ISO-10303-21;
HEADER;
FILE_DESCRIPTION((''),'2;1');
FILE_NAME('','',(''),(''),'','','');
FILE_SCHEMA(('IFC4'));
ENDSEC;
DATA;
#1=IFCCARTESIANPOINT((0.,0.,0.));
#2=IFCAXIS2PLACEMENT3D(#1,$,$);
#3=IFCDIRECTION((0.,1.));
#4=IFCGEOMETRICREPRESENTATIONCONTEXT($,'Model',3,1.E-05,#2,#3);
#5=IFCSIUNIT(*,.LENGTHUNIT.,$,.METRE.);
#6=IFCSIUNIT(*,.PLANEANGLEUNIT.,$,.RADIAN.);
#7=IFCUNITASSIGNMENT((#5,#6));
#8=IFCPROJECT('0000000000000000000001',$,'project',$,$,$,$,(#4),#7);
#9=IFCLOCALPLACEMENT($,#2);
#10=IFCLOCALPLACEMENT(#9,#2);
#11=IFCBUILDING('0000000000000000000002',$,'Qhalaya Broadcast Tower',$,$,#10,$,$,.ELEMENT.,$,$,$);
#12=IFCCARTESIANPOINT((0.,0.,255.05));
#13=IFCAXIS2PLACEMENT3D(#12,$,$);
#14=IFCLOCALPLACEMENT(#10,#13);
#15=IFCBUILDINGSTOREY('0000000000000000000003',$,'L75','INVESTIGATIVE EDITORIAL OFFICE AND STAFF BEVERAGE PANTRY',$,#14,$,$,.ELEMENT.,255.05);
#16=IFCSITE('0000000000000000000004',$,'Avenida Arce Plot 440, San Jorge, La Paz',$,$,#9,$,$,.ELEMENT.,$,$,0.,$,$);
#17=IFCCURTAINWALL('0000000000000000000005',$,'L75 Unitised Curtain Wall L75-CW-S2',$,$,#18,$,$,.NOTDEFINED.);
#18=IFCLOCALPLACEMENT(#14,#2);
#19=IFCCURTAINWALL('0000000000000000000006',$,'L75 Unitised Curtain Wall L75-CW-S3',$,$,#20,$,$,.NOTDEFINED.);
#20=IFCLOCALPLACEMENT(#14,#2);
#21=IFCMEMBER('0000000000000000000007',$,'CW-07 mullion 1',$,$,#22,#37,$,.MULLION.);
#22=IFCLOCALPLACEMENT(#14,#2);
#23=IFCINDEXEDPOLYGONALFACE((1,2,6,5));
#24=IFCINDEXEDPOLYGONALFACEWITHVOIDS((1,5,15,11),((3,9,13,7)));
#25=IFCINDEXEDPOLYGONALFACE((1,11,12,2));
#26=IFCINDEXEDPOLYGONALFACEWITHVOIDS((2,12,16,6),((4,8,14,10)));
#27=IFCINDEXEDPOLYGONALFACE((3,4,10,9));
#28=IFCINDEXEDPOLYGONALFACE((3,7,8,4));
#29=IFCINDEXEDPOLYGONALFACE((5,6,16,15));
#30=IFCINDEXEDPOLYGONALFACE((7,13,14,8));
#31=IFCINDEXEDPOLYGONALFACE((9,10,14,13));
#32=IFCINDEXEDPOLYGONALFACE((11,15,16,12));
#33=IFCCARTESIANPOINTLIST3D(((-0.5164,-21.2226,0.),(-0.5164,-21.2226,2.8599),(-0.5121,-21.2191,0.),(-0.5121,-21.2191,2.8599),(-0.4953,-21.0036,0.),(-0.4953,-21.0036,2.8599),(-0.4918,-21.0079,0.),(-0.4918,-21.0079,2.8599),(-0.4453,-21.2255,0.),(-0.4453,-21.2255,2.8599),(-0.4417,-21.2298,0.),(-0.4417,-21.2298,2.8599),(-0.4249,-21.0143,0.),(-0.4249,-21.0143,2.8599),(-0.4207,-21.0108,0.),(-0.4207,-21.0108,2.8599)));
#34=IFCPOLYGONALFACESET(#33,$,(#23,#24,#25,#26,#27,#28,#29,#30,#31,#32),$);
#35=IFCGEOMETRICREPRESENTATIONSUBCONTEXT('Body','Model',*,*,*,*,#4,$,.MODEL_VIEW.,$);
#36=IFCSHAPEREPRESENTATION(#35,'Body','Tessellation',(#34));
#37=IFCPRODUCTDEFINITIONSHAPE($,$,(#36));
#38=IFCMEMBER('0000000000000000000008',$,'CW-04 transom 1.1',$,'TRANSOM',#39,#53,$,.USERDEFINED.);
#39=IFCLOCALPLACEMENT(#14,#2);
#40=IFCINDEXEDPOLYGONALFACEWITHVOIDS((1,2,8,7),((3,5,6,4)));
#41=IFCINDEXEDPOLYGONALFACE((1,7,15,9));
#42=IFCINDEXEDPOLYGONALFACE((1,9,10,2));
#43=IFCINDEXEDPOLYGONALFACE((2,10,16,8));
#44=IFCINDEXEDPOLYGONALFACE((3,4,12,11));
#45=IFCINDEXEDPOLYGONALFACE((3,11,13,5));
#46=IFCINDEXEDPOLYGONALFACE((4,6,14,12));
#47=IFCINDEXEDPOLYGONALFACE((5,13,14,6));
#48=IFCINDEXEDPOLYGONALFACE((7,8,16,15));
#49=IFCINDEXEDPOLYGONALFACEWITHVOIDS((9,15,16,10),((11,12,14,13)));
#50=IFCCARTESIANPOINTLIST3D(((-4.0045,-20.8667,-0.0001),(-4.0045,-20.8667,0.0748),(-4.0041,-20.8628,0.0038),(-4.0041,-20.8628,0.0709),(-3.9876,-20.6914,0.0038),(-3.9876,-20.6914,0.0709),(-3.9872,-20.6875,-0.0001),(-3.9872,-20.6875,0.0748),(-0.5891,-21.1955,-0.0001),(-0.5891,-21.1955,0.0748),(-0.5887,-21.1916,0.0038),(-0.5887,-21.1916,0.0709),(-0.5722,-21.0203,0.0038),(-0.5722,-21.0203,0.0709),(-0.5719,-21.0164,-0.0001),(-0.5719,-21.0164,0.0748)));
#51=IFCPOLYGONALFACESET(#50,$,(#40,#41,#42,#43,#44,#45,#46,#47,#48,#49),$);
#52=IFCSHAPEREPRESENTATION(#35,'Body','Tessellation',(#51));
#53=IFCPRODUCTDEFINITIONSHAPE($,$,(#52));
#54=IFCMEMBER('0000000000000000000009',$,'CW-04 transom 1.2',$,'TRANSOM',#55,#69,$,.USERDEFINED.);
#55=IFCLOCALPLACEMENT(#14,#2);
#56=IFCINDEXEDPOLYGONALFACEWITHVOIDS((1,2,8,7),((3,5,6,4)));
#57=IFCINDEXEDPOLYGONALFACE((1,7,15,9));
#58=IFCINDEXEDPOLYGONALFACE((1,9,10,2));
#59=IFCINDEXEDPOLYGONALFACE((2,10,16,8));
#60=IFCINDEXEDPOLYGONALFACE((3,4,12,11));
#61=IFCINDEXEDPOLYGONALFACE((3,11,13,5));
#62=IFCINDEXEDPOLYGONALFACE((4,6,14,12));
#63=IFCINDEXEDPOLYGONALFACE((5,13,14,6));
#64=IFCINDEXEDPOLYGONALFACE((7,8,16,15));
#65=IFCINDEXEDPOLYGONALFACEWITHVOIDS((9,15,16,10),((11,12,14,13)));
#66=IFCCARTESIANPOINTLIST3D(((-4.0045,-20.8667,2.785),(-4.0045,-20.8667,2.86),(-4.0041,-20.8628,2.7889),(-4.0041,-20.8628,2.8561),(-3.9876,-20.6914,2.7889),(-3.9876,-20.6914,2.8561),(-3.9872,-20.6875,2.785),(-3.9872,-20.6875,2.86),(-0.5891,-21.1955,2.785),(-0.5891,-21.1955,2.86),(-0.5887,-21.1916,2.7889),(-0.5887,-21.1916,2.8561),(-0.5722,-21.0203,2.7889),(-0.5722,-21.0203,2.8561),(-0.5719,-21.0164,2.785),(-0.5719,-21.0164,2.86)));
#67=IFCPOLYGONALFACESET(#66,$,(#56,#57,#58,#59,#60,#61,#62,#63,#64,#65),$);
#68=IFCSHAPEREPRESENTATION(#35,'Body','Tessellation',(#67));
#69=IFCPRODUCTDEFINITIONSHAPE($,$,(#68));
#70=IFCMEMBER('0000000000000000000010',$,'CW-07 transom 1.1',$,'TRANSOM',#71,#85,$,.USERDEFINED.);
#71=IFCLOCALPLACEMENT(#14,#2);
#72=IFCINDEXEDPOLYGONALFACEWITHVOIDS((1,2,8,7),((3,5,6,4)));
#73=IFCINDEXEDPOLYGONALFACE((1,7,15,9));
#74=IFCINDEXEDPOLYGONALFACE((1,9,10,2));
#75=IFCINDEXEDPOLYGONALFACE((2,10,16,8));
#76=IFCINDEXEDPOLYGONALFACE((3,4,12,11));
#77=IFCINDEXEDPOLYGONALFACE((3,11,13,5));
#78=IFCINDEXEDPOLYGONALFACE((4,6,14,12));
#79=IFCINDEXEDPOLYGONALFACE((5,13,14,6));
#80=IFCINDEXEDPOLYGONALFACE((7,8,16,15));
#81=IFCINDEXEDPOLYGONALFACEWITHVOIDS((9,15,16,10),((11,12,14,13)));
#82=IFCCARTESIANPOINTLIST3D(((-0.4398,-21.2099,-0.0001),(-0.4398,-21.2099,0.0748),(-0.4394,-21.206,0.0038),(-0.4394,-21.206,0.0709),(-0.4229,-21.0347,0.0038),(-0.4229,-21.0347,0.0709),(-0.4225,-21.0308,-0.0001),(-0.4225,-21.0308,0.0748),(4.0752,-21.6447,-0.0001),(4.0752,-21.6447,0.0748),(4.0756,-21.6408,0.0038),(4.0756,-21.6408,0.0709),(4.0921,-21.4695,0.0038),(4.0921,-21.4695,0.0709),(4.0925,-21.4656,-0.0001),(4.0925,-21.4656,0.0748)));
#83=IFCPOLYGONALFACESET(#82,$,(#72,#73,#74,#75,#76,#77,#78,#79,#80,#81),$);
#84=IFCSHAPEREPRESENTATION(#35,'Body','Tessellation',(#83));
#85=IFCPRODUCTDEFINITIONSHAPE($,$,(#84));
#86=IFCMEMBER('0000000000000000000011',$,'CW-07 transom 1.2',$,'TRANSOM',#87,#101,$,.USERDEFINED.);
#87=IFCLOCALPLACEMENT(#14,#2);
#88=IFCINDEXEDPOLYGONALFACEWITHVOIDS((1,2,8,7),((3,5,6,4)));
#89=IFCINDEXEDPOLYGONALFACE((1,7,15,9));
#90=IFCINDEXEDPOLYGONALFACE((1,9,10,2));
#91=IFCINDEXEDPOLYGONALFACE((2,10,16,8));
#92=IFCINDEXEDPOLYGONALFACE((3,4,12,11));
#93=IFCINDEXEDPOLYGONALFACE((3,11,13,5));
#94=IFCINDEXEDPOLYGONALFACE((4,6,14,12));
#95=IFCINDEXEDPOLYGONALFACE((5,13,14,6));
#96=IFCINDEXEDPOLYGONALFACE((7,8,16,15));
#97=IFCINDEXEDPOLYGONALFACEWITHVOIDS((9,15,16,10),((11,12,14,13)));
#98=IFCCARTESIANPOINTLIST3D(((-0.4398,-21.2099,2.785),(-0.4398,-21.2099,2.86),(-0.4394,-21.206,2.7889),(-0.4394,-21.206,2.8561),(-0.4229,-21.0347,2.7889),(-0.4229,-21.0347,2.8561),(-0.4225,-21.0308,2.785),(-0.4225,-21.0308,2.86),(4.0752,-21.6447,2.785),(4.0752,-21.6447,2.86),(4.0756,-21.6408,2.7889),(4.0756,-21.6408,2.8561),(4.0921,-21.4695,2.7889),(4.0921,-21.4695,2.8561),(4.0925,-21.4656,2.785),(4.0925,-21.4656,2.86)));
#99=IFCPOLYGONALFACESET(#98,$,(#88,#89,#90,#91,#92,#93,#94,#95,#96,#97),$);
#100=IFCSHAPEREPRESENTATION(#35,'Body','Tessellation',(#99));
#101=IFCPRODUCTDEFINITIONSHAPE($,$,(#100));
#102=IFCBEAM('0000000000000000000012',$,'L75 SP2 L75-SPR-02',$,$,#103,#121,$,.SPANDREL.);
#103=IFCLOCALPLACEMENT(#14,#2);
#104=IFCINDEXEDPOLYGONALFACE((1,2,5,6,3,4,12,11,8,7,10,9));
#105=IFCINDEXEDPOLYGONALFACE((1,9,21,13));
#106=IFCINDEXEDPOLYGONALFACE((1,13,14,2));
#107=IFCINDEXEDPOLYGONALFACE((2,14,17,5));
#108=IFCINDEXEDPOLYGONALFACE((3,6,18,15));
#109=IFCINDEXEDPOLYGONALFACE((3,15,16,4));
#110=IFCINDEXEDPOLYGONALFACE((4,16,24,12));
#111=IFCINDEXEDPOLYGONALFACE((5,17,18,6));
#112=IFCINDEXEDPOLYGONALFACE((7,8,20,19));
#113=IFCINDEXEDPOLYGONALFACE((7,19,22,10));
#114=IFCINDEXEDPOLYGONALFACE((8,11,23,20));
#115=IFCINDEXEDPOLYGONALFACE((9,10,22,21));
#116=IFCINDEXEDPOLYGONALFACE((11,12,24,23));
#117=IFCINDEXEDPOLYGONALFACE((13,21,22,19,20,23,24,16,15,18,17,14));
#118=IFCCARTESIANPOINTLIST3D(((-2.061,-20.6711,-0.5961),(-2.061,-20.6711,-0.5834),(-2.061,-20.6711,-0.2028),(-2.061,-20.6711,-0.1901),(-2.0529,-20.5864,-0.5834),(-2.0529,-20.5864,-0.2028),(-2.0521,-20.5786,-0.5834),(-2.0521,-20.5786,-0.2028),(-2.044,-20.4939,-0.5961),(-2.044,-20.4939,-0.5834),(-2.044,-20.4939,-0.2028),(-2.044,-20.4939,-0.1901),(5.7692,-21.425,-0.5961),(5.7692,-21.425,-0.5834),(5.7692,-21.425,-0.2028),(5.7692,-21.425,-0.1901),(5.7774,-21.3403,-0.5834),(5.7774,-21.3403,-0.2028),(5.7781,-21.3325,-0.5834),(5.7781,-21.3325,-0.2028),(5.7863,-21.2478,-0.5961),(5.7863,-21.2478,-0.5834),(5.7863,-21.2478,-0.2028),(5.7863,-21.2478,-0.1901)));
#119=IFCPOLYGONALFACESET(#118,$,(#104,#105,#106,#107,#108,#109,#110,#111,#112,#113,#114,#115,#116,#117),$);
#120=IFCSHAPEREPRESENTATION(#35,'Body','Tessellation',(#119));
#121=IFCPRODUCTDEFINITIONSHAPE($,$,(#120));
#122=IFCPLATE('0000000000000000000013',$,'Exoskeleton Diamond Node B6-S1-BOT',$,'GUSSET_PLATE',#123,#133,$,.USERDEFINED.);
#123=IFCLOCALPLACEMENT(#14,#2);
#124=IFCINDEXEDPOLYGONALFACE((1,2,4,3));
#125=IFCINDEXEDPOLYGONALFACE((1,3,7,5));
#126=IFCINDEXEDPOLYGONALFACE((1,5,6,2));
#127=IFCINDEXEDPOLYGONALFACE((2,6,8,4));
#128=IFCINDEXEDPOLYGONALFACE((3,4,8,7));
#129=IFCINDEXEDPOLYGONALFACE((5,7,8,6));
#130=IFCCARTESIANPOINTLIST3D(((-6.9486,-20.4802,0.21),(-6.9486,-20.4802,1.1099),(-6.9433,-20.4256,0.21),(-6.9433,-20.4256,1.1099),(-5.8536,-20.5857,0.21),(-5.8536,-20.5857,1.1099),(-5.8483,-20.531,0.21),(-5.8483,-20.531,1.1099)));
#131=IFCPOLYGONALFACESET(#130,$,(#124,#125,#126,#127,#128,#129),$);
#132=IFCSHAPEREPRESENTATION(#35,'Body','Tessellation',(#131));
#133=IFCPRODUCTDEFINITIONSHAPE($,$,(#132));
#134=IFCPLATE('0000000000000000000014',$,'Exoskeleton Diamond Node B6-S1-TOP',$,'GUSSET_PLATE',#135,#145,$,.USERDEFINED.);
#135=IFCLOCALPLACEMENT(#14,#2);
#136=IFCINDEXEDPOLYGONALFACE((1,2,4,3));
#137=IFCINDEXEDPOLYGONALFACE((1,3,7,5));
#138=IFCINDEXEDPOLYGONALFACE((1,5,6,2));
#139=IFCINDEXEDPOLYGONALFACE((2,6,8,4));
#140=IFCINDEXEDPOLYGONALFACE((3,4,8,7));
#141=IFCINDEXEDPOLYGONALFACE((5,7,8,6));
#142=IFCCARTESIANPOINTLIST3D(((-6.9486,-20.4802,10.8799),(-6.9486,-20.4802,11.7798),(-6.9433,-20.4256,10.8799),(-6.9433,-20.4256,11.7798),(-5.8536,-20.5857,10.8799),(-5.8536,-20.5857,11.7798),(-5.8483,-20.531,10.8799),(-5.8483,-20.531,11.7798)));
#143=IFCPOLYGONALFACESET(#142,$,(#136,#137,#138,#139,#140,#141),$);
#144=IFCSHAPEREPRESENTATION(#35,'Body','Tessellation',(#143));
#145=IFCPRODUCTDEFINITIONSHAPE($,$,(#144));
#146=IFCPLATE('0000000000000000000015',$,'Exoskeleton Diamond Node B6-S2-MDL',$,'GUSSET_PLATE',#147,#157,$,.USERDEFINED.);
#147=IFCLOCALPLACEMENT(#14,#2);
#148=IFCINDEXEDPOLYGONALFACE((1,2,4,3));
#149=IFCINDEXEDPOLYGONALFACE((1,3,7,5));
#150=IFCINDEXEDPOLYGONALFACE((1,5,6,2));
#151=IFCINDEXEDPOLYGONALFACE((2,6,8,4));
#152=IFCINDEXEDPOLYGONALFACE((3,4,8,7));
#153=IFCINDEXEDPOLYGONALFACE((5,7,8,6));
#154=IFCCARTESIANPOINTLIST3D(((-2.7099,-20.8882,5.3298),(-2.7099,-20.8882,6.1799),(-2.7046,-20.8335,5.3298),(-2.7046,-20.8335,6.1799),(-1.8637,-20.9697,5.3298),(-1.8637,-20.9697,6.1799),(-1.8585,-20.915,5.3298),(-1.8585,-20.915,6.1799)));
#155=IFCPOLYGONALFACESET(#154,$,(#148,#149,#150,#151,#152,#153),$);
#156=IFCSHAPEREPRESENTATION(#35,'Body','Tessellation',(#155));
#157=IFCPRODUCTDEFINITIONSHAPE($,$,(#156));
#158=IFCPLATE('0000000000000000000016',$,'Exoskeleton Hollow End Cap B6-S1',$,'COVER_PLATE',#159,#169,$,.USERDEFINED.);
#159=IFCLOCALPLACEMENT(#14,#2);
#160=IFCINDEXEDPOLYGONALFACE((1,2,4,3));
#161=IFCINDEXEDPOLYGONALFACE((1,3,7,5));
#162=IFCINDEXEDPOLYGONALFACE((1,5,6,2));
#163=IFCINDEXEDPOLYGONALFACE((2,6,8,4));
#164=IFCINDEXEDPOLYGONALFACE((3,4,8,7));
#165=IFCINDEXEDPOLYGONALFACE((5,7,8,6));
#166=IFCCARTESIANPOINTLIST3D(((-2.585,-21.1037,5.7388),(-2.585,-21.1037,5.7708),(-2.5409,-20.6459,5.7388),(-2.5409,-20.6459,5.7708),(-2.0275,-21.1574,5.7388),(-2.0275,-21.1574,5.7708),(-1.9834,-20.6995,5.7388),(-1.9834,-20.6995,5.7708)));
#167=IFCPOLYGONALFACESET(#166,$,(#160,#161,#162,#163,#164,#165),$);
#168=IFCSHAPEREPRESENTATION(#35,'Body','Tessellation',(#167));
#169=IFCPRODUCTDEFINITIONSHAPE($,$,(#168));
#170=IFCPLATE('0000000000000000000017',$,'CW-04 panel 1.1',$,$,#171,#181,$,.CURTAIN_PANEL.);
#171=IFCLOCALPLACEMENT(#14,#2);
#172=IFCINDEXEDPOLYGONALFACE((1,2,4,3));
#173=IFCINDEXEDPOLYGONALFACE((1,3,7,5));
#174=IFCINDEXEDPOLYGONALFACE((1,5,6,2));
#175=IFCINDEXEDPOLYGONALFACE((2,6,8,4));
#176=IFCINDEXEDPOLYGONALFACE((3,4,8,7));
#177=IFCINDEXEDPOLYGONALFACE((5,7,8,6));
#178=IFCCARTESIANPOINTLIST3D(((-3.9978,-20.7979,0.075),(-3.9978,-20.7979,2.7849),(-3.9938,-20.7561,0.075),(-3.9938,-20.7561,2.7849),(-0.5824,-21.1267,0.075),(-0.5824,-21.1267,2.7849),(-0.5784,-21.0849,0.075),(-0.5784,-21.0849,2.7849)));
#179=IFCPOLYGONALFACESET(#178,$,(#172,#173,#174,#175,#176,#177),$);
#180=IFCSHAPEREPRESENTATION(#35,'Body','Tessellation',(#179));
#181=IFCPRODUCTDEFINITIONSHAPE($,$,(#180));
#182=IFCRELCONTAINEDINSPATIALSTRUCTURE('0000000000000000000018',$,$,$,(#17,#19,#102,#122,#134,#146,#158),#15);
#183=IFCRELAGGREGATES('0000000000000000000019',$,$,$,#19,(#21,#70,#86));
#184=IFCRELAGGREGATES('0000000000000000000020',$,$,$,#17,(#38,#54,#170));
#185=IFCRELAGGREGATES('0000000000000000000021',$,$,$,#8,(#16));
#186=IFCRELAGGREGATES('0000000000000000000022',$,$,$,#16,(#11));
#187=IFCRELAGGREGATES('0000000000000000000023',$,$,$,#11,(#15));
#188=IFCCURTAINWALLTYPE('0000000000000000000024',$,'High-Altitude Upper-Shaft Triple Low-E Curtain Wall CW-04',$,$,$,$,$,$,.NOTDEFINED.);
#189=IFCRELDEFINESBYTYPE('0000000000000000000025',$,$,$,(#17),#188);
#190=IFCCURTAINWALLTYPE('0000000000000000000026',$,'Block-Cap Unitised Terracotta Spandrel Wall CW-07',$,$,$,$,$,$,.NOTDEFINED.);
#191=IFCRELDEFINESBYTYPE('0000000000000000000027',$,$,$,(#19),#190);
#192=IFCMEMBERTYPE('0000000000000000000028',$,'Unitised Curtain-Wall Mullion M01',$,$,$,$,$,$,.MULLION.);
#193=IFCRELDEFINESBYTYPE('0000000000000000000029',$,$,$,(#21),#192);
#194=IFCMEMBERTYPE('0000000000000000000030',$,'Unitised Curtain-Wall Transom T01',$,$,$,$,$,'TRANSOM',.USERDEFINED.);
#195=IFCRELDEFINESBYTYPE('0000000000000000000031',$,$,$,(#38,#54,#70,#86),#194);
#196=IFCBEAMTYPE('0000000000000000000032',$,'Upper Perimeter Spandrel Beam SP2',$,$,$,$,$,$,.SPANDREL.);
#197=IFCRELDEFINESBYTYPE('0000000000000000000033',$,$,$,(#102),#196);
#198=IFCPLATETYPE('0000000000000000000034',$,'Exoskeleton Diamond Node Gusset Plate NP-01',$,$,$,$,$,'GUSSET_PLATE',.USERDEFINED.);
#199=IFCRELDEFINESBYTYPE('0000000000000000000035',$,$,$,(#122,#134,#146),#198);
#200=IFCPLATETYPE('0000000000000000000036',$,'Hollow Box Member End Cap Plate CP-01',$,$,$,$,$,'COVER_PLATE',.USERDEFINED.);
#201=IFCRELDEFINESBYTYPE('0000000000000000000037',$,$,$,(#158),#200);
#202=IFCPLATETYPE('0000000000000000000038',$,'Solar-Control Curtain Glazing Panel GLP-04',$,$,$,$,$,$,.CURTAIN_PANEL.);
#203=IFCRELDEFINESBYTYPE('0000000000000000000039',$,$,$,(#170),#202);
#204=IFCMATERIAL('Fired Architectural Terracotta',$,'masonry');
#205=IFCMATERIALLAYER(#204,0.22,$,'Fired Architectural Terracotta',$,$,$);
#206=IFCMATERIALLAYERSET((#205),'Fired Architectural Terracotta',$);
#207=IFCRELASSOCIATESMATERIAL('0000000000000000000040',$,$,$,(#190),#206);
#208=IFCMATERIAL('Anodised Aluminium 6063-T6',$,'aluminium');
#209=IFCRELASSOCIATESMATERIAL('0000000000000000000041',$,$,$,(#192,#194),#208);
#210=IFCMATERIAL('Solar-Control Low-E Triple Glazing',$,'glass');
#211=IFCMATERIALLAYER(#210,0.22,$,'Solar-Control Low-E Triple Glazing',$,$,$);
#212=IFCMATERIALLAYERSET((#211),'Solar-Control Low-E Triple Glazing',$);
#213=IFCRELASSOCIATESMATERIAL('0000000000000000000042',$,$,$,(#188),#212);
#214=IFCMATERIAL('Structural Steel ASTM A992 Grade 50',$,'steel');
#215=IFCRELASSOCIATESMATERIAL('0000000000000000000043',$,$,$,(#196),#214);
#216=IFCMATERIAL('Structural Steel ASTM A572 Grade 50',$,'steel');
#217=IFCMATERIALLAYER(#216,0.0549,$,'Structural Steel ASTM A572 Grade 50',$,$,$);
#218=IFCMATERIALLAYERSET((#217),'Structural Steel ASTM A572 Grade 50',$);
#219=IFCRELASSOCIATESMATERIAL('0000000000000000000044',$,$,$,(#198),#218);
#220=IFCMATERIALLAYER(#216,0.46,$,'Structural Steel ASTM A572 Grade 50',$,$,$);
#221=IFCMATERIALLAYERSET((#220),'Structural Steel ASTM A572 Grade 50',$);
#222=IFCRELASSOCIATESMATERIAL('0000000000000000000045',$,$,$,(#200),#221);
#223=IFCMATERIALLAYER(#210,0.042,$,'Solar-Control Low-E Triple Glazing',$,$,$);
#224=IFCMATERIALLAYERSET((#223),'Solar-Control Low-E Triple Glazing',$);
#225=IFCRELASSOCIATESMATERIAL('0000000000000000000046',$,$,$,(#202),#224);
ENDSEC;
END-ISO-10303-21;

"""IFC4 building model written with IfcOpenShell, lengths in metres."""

from ifc_helpers import new_model, si_unit, direction, frame, origin, origin_2d, place, context, subcontext, project, spatial, rectangle, hollow_rectangle, i_section, extrude, material, layer, layer_set, material_profile, profile_set, type_object, element, aggregate, save


model = new_model("IFC4")

# Units and contexts
model_context = context("Model", 3, precision=1e-05, world=origin(), true_north=direction((0.0, 1.0)))
body_context = subcontext(model_context, "Body", "Model", "MODEL_VIEW")
ifc_project = project(units=[si_unit("LENGTHUNIT", "METRE"), si_unit("PLANEANGLEUNIT", "RADIAN")], contexts=[model_context])

# Site, building, storey
site_placement = place(None, origin())
site = spatial("IfcSite", under=ifc_project, at=site_placement, Name="Avenida Arce Plot 440, San Jorge, La Paz", CompositionType="ELEMENT", RefElevation=0.0)
building_placement = place(site_placement, origin())
building = spatial("IfcBuilding", under=site, at=building_placement, Name="Qhalaya Broadcast Tower", CompositionType="ELEMENT")
storey_placement = place(building_placement, frame((0.0, 0.0, 255.05)))
storey = spatial("IfcBuildingStorey", under=building, at=storey_placement, Name="L75", Description="INVESTIGATIVE EDITORIAL OFFICE AND STAFF BEVERAGE PANTRY", CompositionType="ELEMENT", Elevation=255.05)

# Shared definitions
ifc_material_1 = material(Name="Structural Steel ASTM A572 Grade 50", Category="steel")

# Shared definitions
ifc_material_2 = material(Name="Structural Steel ASTM A992 Grade 50", Category="steel")

# Shared definitions
ifc_material_3 = material(Name="Fired Architectural Terracotta", Category="masonry")
ifc_layer_1 = layer(ifc_material_3, 0.22, Name="Fired Architectural Terracotta")
ifc_layer_set_1 = layer_set([ifc_layer_1], Name="Fired Architectural Terracotta")
curtain_wall_type_1 = type_object("IfcCurtainWallType", Name="Block-Cap Unitised Terracotta Spandrel Wall CW-07", PredefinedType="NOTDEFINED", material=ifc_layer_set_1)
ifc_material_4 = material(Name="Anodised Aluminium 6063-T6", Category="aluminium")
ifc_material_profile_1 = material_profile(ifc_material_4, hollow_rectangle(XDim=0.075, YDim=0.22, WallThickness=0.0039, at=origin_2d()), Name="ALU-MUL 75x220x4")
ifc_profile_set_1 = profile_set([ifc_material_profile_1], Name="Anodised Aluminium 6063-T6")
member_type_1 = type_object("IfcMemberType", Name="Unitised Curtain-Wall Mullion M01", PredefinedType="MULLION", material=ifc_profile_set_1)

# Curtain wall
ifc_material_5 = material(Name="Solar-Control Low-E Triple Glazing", Category="glass")
ifc_layer_2 = layer(ifc_material_5, 0.22, Name="Solar-Control Low-E Triple Glazing")
ifc_layer_set_2 = layer_set([ifc_layer_2], Name="Solar-Control Low-E Triple Glazing")
curtain_wall_type_2 = type_object("IfcCurtainWallType", Name="High-Altitude Upper-Shaft Triple Low-E Curtain Wall CW-04", PredefinedType="NOTDEFINED", material=ifc_layer_set_2)
curtain_wall_1_placement = place(storey_placement, origin())
curtain_wall_1 = element("IfcCurtainWall", 1, at=curtain_wall_1_placement, inside=storey, type_object=curtain_wall_type_2, Name="L75 Unitised Curtain Wall L75-CW-S2", PredefinedType="NOTDEFINED")

# Curtain wall, member
curtain_wall_2_placement = place(storey_placement, origin())
curtain_wall_2 = element("IfcCurtainWall", 2, at=curtain_wall_2_placement, inside=storey, type_object=curtain_wall_type_1, Name="L75 Unitised Curtain Wall L75-CW-S3", PredefinedType="NOTDEFINED")
member_1_placement = place(storey_placement, frame((-0.4685, -21.1167, 0.0), z_axis=(0.0, 0.0, 1.0), x_axis=(0.995395, -0.09586, 0.0)))
member_1 = element("IfcMember", 3, at=member_1_placement, type_object=member_type_1, Name="CW-07 mullion 1", PredefinedType="MULLION", context=body_context, shape_type="SweptSolid", body=[
    extrude(hollow_rectangle(XDim=0.075, YDim=0.22, WallThickness=0.0039, at=origin_2d()), origin(), (0.0, 0.0, 1.0), 2.8599),
])

# Members
ifc_material_profile_2 = material_profile(ifc_material_4, hollow_rectangle(XDim=0.075, YDim=0.1799, WallThickness=0.0039, at=origin_2d()), Name="ALU-TRN 75x180x4")
ifc_profile_set_2 = profile_set([ifc_material_profile_2], Name="Anodised Aluminium 6063-T6")
member_type_2 = type_object("IfcMemberType", Name="Unitised Curtain-Wall Transom T01", ElementType="TRANSOM", PredefinedType="USERDEFINED", material=ifc_profile_set_2)
member_2_placement = place(storey_placement, frame((-3.9958, -20.7771, 0.0374), z_axis=(0.995396, -0.095847, 0.0), x_axis=(0.0, 0.0, 1.0)))
member_2 = element("IfcMember", 4, at=member_2_placement, type_object=member_type_2, Name="CW-04 transom 1.1", ObjectType="TRANSOM", PredefinedType="USERDEFINED", context=body_context, shape_type="SweptSolid", body=[
    extrude(hollow_rectangle(XDim=0.075, YDim=0.1799, WallThickness=0.0039, at=origin_2d()), origin(), (0.0, 0.0, 1.0), 3.4312),
])
member_3_placement = place(storey_placement, frame((-3.9958, -20.7771, 2.8225), z_axis=(0.995396, -0.095847, 0.0), x_axis=(0.0, 0.0, 1.0)))
member_3 = element("IfcMember", 5, at=member_3_placement, type_object=member_type_2, Name="CW-04 transom 1.2", ObjectType="TRANSOM", PredefinedType="USERDEFINED", context=body_context, shape_type="SweptSolid", body=[
    extrude(hollow_rectangle(XDim=0.075, YDim=0.1799, WallThickness=0.0039, at=origin_2d()), origin(), (0.0, 0.0, 1.0), 3.4312),
])
member_4_placement = place(storey_placement, frame((-0.4312, -21.1204, 0.0374), z_axis=(0.995395, -0.095863, 0.0), x_axis=(0.0, 0.0, 1.0)))
member_4 = element("IfcMember", 6, at=member_4_placement, type_object=member_type_2, Name="CW-07 transom 1.1", ObjectType="TRANSOM", PredefinedType="USERDEFINED", context=body_context, shape_type="SweptSolid", body=[
    extrude(hollow_rectangle(XDim=0.075, YDim=0.1799, WallThickness=0.0039, at=origin_2d()), origin(), (0.0, 0.0, 1.0), 4.5359),
])
member_5_placement = place(storey_placement, frame((-0.4312, -21.1204, 2.8225), z_axis=(0.995395, -0.095863, 0.0), x_axis=(0.0, 0.0, 1.0)))
member_5 = element("IfcMember", 7, at=member_5_placement, type_object=member_type_2, Name="CW-07 transom 1.2", ObjectType="TRANSOM", PredefinedType="USERDEFINED", context=body_context, shape_type="SweptSolid", body=[
    extrude(hollow_rectangle(XDim=0.075, YDim=0.1799, WallThickness=0.0039, at=origin_2d()), origin(), (0.0, 0.0, 1.0), 4.5359),
])
aggregate(curtain_wall_2, [member_1, member_4, member_5])

# Beam
ifc_material_profile_3 = material_profile(ifc_material_2, i_section(OverallWidth=0.178, OverallDepth=0.406, WebThickness=0.0078, FlangeThickness=0.0127, at=origin_2d()), Name="W16X40")
ifc_profile_set_3 = profile_set([ifc_material_profile_3], Name="Structural Steel ASTM A992 Grade 50")
beam_type_1 = type_object("IfcBeamType", Name="Upper Perimeter Spandrel Beam SP2", PredefinedType="SPANDREL", material=ifc_profile_set_3)
beam_1_placement = place(storey_placement, frame((-2.0525, -20.5825, -0.3931), z_axis=(0.995397, -0.095837, 0.0), x_axis=(0.095837, 0.995397, 0.0)))
element("IfcBeam", 8, at=beam_1_placement, inside=storey, type_object=beam_type_1, Name="L75 SP2 L75-SPR-02", PredefinedType="SPANDREL", context=body_context, shape_type="SweptSolid", body=[
    extrude(i_section(OverallWidth=0.178, OverallDepth=0.406, WebThickness=0.0078, FlangeThickness=0.0127, at=origin_2d()), origin(), (0.0, 0.0, 1.0), 7.8665),
])

# Plates
ifc_layer_3 = layer(ifc_material_1, 0.0549, Name="Structural Steel ASTM A572 Grade 50")
ifc_layer_set_3 = layer_set([ifc_layer_3], Name="Structural Steel ASTM A572 Grade 50")
plate_type_1 = type_object("IfcPlateType", Name="Exoskeleton Diamond Node Gusset Plate NP-01", ElementType="GUSSET_PLATE", PredefinedType="USERDEFINED", material=ifc_layer_set_3)
for number, where, z_axis, x_axis, name in (
    (9, (-6.3984, -20.5056, 0.21), (0.0, 0.0, 1.0), (0.995396, -0.095846, 0.0), "Exoskeleton Diamond Node B6-S1-BOT"),
    (10, (-6.3984, -20.5056, 10.8799), (0.0, 0.0, 1.0), (0.995396, -0.095846, 0.0), "Exoskeleton Diamond Node B6-S1-TOP"),
):
    element("IfcPlate", number, at=place(storey_placement, frame(where, z_axis=z_axis, x_axis=x_axis)), inside=storey, type_object=plate_type_1, Name=name, ObjectType="GUSSET_PLATE", PredefinedType="USERDEFINED", context=body_context, shape_type="SweptSolid", body=[
        extrude(rectangle(XDim=1.1001, YDim=0.0549, at=origin_2d()), origin(), (0.0, 0.0, 1.0), 0.8999),
    ])
plate_1_placement = place(storey_placement, frame((-2.2842, -20.9016, 5.3298), z_axis=(0.0, 0.0, 1.0), x_axis=(0.995396, -0.095846, 0.0)))
element("IfcPlate", 11, at=plate_1_placement, inside=storey, type_object=plate_type_1, Name="Exoskeleton Diamond Node B6-S2-MDL", ObjectType="GUSSET_PLATE", PredefinedType="USERDEFINED", context=body_context, shape_type="SweptSolid", body=[
    extrude(rectangle(XDim=0.8501, YDim=0.0549, at=origin_2d()), origin(), (0.0, 0.0, 1.0), 0.8501),
])
ifc_layer_4 = layer(ifc_material_1, 0.46, Name="Structural Steel ASTM A572 Grade 50")
ifc_layer_set_4 = layer_set([ifc_layer_4], Name="Structural Steel ASTM A572 Grade 50")
plate_type_2 = type_object("IfcPlateType", Name="Hollow Box Member End Cap Plate CP-01", ElementType="COVER_PLATE", PredefinedType="USERDEFINED", material=ifc_layer_set_4)
plate_2_placement = place(storey_placement, frame((-2.2842, -20.9016, 5.7388), z_axis=(0.0, 0.0, 1.0), x_axis=(0.995396, -0.095846, 0.0)))
element("IfcPlate", 12, at=plate_2_placement, inside=storey, type_object=plate_type_2, Name="Exoskeleton Hollow End Cap B6-S1", ObjectType="COVER_PLATE", PredefinedType="USERDEFINED", context=body_context, shape_type="SweptSolid", body=[
    extrude(rectangle(XDim=0.5601, YDim=0.46, at=origin_2d()), origin(), (0.0, 0.0, 1.0), 0.032),
])

# Plate
ifc_layer_5 = layer(ifc_material_5, 0.042, Name="Solar-Control Low-E Triple Glazing")
ifc_layer_set_5 = layer_set([ifc_layer_5], Name="Solar-Control Low-E Triple Glazing")
plate_type_3 = type_object("IfcPlateType", Name="Solar-Control Curtain Glazing Panel GLP-04", PredefinedType="CURTAIN_PANEL", material=ifc_layer_set_5)
plate_3_placement = place(storey_placement, frame((-2.2881, -20.9414, 0.075), z_axis=(0.0, 0.0, 1.0), x_axis=(0.995397, -0.095837, 0.0)))
plate_3 = element("IfcPlate", 13, at=plate_3_placement, type_object=plate_type_3, Name="CW-04 panel 1.1", PredefinedType="CURTAIN_PANEL", context=body_context, shape_type="SweptSolid", body=[
    extrude(rectangle(XDim=3.4312, YDim=0.042, at=origin_2d()), origin(), (0.0, 0.0, 1.0), 2.71),
])
aggregate(curtain_wall_1, [member_2, member_3, plate_3])

save(model, "model.ifc")
